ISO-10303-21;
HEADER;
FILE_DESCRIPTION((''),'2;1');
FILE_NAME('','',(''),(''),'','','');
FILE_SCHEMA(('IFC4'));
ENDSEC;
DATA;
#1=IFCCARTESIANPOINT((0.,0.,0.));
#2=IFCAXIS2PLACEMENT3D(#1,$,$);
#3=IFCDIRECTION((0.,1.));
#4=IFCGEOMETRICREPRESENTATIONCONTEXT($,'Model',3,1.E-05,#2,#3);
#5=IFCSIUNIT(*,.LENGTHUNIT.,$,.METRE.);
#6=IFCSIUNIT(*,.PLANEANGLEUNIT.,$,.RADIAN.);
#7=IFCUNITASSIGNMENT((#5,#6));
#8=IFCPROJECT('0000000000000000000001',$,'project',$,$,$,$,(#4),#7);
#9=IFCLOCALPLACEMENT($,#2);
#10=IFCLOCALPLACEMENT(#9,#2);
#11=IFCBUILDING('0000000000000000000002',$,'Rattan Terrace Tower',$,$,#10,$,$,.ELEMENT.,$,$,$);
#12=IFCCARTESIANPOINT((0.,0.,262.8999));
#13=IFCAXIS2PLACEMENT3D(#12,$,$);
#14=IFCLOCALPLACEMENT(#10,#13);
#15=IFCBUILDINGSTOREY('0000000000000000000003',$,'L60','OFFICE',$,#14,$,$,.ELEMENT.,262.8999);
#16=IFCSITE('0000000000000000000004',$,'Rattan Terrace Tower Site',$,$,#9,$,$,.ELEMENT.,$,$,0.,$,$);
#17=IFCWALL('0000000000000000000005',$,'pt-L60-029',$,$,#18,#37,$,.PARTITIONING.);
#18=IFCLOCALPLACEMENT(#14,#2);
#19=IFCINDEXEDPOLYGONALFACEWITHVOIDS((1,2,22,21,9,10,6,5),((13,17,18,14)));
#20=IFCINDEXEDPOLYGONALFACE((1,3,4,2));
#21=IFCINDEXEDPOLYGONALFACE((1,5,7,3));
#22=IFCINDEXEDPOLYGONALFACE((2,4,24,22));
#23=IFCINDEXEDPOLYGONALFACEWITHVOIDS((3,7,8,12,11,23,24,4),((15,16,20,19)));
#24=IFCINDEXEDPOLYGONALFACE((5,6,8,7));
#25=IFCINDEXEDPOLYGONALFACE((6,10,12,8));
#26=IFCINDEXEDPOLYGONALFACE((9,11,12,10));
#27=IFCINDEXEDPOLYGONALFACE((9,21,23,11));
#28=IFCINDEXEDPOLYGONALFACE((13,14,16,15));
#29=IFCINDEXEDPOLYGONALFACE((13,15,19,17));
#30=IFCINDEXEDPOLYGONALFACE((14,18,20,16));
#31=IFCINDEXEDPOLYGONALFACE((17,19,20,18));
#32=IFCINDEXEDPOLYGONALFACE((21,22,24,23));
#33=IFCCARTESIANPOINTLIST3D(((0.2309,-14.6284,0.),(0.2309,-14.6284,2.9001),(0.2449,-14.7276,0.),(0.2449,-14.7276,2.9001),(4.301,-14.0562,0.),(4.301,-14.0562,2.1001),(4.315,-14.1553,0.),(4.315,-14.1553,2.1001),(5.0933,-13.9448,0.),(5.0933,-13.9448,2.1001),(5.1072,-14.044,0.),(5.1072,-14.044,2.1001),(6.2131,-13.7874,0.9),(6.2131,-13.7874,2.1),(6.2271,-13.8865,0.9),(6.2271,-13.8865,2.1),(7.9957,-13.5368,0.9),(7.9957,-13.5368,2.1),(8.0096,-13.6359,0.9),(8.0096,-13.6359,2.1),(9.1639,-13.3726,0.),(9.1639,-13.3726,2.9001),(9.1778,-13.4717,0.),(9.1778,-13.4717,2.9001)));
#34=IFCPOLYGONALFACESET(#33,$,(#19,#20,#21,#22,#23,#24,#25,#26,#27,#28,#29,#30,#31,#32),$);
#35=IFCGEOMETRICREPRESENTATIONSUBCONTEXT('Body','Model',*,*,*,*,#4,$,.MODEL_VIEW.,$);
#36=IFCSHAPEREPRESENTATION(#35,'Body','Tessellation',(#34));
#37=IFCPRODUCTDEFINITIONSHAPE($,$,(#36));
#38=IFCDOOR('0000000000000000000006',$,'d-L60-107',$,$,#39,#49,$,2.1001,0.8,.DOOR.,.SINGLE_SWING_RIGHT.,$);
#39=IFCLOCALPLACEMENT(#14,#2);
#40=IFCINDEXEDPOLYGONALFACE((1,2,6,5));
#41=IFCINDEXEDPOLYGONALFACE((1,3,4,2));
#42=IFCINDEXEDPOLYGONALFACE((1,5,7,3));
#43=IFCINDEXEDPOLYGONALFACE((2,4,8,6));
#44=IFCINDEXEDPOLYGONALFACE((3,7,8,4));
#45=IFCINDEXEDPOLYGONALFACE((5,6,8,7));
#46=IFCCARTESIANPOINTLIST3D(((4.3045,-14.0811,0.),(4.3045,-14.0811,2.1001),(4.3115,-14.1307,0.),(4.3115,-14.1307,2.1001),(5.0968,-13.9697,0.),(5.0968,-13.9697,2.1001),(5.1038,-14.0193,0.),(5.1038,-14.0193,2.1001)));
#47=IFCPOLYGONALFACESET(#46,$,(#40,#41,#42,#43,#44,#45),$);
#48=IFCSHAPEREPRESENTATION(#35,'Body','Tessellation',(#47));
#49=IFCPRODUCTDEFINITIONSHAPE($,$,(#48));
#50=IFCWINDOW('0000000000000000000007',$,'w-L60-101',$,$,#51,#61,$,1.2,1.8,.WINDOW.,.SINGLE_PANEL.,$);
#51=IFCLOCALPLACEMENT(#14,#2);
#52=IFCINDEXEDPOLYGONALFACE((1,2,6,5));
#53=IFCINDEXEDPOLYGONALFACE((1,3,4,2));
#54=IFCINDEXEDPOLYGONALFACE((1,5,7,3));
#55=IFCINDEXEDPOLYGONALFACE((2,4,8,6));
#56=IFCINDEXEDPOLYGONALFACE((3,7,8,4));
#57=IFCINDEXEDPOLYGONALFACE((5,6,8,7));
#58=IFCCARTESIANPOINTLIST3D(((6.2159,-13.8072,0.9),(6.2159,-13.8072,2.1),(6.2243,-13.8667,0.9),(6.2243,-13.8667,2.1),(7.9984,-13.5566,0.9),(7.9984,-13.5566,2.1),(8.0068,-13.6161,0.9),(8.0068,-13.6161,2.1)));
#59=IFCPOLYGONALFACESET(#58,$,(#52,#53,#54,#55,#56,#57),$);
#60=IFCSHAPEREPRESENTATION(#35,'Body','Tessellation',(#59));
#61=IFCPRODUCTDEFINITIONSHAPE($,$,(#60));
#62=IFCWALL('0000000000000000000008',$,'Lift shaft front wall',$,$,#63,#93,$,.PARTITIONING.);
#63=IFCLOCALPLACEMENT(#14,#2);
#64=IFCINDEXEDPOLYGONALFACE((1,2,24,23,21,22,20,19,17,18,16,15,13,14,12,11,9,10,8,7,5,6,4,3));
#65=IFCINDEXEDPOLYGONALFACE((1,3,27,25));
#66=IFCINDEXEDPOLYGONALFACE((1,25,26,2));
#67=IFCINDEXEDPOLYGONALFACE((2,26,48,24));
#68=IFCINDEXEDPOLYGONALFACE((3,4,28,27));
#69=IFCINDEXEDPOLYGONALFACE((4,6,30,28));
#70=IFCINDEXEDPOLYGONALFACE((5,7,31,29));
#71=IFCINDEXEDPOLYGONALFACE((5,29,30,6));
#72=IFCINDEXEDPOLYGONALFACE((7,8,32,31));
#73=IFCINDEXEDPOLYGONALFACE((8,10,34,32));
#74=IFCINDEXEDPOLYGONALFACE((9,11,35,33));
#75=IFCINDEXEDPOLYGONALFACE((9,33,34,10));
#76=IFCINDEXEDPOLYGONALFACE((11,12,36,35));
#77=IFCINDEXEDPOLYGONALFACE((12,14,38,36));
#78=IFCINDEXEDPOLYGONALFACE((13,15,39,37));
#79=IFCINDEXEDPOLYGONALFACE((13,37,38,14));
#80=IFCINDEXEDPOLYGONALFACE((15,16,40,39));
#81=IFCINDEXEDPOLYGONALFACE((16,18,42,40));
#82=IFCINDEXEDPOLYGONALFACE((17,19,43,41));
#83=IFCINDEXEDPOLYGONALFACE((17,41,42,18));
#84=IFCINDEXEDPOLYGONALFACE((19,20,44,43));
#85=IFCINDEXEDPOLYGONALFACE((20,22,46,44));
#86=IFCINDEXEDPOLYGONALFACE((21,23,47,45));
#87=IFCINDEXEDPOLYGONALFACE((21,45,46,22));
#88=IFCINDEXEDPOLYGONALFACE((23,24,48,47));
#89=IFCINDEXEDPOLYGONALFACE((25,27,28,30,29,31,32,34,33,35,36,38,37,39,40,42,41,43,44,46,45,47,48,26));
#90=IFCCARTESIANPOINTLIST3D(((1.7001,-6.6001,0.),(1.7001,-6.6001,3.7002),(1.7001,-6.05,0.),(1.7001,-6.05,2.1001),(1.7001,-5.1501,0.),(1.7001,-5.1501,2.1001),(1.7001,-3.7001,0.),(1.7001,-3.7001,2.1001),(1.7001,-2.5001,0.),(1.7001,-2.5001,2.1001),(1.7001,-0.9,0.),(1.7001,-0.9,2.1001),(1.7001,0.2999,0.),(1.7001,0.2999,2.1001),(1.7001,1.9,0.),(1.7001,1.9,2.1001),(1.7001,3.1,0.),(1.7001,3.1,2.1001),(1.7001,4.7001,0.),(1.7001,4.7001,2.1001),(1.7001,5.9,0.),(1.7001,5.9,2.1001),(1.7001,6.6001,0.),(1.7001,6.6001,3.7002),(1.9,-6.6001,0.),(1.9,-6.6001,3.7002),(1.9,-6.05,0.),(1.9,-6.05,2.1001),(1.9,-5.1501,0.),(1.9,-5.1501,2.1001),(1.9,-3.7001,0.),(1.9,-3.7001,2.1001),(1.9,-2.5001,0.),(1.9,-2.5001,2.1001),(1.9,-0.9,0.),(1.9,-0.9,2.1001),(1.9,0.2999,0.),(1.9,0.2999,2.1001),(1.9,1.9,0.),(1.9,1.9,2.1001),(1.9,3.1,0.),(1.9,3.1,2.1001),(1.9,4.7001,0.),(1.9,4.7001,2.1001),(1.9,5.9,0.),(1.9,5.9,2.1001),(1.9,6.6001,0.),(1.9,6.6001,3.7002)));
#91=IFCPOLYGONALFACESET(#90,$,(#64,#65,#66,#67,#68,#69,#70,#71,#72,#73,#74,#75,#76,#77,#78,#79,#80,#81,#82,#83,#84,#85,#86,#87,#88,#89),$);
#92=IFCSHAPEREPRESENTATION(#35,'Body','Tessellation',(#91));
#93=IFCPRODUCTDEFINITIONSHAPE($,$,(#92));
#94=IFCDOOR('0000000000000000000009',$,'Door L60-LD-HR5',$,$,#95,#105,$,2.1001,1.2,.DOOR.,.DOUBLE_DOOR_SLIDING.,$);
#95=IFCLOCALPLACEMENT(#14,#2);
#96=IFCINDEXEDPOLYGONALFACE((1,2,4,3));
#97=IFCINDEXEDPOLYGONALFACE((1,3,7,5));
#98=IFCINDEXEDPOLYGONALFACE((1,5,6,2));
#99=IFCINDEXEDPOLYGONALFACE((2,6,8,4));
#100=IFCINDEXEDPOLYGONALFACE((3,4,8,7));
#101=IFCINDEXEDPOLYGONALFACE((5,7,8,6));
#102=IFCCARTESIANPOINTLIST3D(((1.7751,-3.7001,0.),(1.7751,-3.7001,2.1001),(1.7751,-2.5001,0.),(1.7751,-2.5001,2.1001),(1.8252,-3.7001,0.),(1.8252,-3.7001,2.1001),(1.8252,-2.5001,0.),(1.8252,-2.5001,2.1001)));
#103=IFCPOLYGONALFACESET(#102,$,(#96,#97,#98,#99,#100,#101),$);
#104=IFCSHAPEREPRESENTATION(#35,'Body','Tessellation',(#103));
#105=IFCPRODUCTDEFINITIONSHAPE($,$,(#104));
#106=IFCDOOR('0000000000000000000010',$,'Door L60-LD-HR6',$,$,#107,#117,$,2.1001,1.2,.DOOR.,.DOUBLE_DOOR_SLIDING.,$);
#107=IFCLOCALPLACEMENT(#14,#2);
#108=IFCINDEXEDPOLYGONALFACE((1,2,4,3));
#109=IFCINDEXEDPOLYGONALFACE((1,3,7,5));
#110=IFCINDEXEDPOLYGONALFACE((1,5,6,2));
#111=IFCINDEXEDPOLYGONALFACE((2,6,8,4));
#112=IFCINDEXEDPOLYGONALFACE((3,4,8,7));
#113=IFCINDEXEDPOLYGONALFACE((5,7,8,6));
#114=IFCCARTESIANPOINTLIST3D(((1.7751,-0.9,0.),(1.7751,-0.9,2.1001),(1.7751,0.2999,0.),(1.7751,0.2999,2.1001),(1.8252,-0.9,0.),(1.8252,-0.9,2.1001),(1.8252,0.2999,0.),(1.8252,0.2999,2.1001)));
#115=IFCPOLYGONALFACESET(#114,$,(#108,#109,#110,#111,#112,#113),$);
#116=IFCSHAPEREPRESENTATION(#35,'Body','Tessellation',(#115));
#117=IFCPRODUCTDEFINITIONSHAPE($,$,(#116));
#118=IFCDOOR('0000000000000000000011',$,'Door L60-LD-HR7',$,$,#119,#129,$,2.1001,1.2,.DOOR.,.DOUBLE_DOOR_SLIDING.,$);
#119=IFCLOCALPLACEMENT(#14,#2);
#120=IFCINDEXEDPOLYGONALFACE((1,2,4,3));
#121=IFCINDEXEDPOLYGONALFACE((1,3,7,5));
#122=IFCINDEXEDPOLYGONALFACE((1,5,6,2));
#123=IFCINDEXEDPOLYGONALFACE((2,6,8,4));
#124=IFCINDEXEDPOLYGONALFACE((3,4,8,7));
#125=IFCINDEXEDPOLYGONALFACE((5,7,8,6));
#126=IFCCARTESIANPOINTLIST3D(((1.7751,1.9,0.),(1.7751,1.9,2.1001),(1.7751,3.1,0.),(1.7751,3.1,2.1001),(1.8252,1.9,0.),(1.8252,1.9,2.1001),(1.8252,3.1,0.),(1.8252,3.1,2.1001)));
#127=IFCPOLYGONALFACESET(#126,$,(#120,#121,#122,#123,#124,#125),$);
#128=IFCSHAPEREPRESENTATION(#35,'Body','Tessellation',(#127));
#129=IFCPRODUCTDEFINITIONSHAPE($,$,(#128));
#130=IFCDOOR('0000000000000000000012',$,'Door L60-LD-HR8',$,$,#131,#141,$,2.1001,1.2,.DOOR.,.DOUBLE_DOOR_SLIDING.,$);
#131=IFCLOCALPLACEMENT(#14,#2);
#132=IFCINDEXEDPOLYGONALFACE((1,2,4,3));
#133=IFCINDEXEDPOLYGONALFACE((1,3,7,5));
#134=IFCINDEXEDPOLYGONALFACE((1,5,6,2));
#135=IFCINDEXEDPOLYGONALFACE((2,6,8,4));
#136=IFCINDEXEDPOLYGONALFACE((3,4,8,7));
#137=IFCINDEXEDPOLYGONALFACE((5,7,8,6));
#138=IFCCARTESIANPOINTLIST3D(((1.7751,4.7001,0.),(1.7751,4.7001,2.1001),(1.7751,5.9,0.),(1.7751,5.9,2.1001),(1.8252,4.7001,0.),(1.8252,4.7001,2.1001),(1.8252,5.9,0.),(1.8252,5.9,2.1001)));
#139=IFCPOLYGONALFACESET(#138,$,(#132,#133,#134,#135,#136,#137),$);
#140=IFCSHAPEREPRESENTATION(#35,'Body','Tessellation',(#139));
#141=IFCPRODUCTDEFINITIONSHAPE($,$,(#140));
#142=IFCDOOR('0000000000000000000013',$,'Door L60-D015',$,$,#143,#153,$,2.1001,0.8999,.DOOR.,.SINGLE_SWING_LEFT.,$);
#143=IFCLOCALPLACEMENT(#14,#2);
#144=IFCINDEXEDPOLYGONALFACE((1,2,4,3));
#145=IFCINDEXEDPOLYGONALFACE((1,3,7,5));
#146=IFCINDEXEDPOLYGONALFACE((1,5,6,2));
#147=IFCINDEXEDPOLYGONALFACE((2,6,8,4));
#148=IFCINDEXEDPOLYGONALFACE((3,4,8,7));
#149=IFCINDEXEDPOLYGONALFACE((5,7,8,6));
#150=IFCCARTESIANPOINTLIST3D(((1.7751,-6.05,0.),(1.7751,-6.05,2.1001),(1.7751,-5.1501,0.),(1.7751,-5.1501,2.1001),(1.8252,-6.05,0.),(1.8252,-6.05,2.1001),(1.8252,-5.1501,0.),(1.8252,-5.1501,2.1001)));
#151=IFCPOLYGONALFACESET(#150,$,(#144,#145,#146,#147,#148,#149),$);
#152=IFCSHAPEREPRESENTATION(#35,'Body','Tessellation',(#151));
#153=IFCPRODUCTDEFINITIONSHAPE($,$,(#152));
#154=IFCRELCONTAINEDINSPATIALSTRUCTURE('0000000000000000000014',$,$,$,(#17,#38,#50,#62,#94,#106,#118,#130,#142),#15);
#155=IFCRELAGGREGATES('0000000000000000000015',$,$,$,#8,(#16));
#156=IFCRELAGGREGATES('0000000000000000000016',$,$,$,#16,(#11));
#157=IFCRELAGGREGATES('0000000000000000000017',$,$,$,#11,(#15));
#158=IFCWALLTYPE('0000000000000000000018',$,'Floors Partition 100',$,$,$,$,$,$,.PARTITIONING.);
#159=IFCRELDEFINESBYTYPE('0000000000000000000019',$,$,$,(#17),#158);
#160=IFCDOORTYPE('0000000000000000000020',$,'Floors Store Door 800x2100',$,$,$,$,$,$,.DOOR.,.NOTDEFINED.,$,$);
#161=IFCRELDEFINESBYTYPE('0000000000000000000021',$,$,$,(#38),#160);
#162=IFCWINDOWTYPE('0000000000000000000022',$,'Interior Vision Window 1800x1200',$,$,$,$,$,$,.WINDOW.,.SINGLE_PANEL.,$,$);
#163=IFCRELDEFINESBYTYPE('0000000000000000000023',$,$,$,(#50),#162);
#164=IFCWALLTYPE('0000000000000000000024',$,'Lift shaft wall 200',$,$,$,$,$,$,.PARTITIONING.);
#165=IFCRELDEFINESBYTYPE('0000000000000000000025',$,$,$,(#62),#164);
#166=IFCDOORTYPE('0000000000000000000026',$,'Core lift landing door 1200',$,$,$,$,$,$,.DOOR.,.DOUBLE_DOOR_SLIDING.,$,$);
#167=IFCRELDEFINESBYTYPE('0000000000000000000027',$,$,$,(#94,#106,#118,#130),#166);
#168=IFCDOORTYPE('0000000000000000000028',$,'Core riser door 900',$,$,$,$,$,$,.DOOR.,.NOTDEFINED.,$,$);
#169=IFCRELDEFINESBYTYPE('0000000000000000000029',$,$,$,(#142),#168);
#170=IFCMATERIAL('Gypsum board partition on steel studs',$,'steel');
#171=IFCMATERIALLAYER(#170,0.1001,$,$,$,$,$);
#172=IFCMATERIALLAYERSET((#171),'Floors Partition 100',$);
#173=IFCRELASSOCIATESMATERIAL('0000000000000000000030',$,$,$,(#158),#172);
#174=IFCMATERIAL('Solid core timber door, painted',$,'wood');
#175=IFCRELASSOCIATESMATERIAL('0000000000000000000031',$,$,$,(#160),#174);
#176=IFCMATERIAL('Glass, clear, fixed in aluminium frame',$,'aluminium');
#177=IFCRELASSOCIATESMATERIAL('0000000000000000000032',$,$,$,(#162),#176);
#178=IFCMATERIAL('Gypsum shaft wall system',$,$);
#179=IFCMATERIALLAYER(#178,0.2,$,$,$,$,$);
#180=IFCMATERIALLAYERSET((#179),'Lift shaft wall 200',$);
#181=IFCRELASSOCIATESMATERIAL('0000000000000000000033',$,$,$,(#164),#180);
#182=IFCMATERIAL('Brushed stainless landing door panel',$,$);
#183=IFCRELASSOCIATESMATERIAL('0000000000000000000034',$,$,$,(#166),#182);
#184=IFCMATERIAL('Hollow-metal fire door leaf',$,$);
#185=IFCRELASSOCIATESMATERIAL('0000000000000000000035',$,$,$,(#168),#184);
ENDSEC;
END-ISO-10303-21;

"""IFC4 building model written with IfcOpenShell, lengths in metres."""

from ifc_helpers import new_model, si_unit, direction, frame, frame_2d, origin, place, context, subcontext, project, spatial, rectangle, extrude, material, layer, layer_set, type_object, element, fill, save


model = new_model("IFC4")

# Units and contexts
model_context = context("Model", 3, precision=1e-05, world=origin(), true_north=direction((0.0, 1.0)))
body_context = subcontext(model_context, "Body", "Model", "MODEL_VIEW")
ifc_project = project(units=[si_unit("LENGTHUNIT", "METRE"), si_unit("PLANEANGLEUNIT", "RADIAN")], contexts=[model_context])

# Site, building, storey
site_placement = place(None, origin())
site = spatial("IfcSite", under=ifc_project, at=site_placement, Name="Rattan Terrace Tower Site", CompositionType="ELEMENT", RefElevation=0.0)
building_placement = place(site_placement, origin())
building = spatial("IfcBuilding", under=site, at=building_placement, Name="Rattan Terrace Tower", CompositionType="ELEMENT")
storey_placement = place(building_placement, frame((0.0, 0.0, 262.8999)))
storey = spatial("IfcBuildingStorey", under=building, at=storey_placement, Name="L60", Description="OFFICE", CompositionType="ELEMENT", Elevation=262.8999)

# Shared definitions
ifc_material_1 = material(Name="Gypsum board partition on steel studs", Category="steel")
ifc_layer_1 = layer(ifc_material_1, 0.1001)
ifc_layer_set_1 = layer_set([ifc_layer_1], Name="Floors Partition 100")
wall_type_1 = type_object("IfcWallType", Name="Floors Partition 100", PredefinedType="PARTITIONING", material=ifc_layer_set_1)

# Wall, openings, door, window
wall_1_placement = place(storey_placement, frame((0.238, -14.678, 0.0), z_axis=(0.0, 0.0, 1.0), x_axis=(0.990262, 0.13922, 0.0)))
wall_1 = element("IfcWall", 1, at=wall_1_placement, inside=storey, type_object=wall_type_1, Name="pt-L60-029", PredefinedType="PARTITIONING", context=body_context, shape_type="SweptSolid", body=[
    extrude(rectangle(XDim=9.0208, YDim=0.1001, at=frame_2d((4.5103, 0.0))), origin(), (0.0, 0.0, 1.0), 2.9001),
])
opening_1_placement = place(wall_1_placement, frame((4.1101, 0.0, 0.0)))
opening_1 = element("IfcOpeningElement", 2, at=opening_1_placement, cuts=wall_1, PredefinedType="OPENING", context=body_context, shape_type="SweptSolid", body=[
    extrude(rectangle(XDim=0.8, YDim=2.1001, at=frame_2d((0.3999, 1.05))), frame((0.0, 0.0605, 0.0), z_axis=(0.0, -1.0, 0.0), x_axis=(1.0, 0.0, 0.0)), (0.0, 0.0, 1.0), 0.1211),
])
opening_2_placement = place(wall_1_placement, frame((6.041, 0.0, 0.8999)))
opening_2 = element("IfcOpeningElement", 3, at=opening_2_placement, cuts=wall_1, PredefinedType="OPENING", context=body_context, shape_type="SweptSolid", body=[
    extrude(rectangle(XDim=1.8, YDim=1.2, at=frame_2d((0.8999, 0.6001))), frame((0.0, 0.0605, 0.0), z_axis=(0.0, -1.0, 0.0), x_axis=(1.0, 0.0, 0.0)), (0.0, 0.0, 1.0), 0.1211),
])
ifc_material_2 = material(Name="Solid core timber door, painted", Category="wood")
door_type_1 = type_object("IfcDoorType", Name="Floors Store Door 800x2100", OperationType="NOTDEFINED", PredefinedType="DOOR", material=ifc_material_2)
door_1_placement = place(opening_1_placement, origin())
door_1 = element("IfcDoor", 4, at=door_1_placement, inside=storey, type_object=door_type_1, Name="d-L60-107", OperationType="SINGLE_SWING_RIGHT", OverallHeight=2.1001, OverallWidth=0.8, PredefinedType="DOOR", context=body_context, shape_type="SweptSolid", body=[
    extrude(rectangle(XDim=0.8, YDim=2.1001, at=frame_2d((0.3999, 1.05))), frame((0.0, 0.0249, 0.0), z_axis=(0.0, -1.0, 0.0), x_axis=(1.0, 0.0, 0.0)), (0.0, 0.0, 1.0), 0.05),
])
fill(opening_1, door_1)
ifc_material_3 = material(Name="Glass, clear, fixed in aluminium frame", Category="aluminium")
window_type = type_object("IfcWindowType", Name="Interior Vision Window 1800x1200", PartitioningType="SINGLE_PANEL", PredefinedType="WINDOW", material=ifc_material_3)
window_placement = place(opening_2_placement, origin())
window = element("IfcWindow", 5, at=window_placement, inside=storey, type_object=window_type, Name="w-L60-101", OverallHeight=1.2, OverallWidth=1.8, PartitioningType="SINGLE_PANEL", PredefinedType="WINDOW", context=body_context, shape_type="SweptSolid", body=[
    extrude(rectangle(XDim=1.8, YDim=1.2, at=frame_2d((0.8999, 0.6001))), frame((0.0, 0.03, 0.0), z_axis=(0.0, -1.0, 0.0), x_axis=(1.0, 0.0, 0.0)), (0.0, 0.0, 1.0), 0.0601),
])
fill(opening_2, window)

# Wall, openings, doors
ifc_material_4 = material(Name="Gypsum shaft wall system")
ifc_layer_2 = layer(ifc_material_4, 0.2)
ifc_layer_set_2 = layer_set([ifc_layer_2], Name="Lift shaft wall 200")
wall_type_2 = type_object("IfcWallType", Name="Lift shaft wall 200", PredefinedType="PARTITIONING", material=ifc_layer_set_2)
wall_2_placement = place(storey_placement, frame((1.8, -6.6001, 0.0), z_axis=(0.0, 0.0, 1.0), x_axis=(0.0, 1.0, 0.0)))
wall_2 = element("IfcWall", 6, at=wall_2_placement, inside=storey, type_object=wall_type_2, Name="Lift shaft front wall", PredefinedType="PARTITIONING", context=body_context, shape_type="SweptSolid", body=[
    extrude(rectangle(XDim=13.2002, YDim=0.2, at=frame_2d((6.6001, 0.0))), origin(), (0.0, 0.0, 1.0), 3.7002),
])
opening_3_placement = place(wall_2_placement, frame((0.55, 0.0, 0.0)))
opening_3 = element("IfcOpeningElement", 7, at=opening_3_placement, cuts=wall_2, PredefinedType="OPENING", context=body_context, shape_type="SweptSolid", body=[
    extrude(rectangle(XDim=0.8999, YDim=2.1001, at=frame_2d((0.45, 1.05))), frame((0.0, 0.1106, 0.0), z_axis=(0.0, -1.0, 0.0), x_axis=(1.0, 0.0, 0.0)), (0.0, 0.0, 1.0), 0.2209),
])
opening_4_placement = place(wall_2_placement, frame((2.8999, 0.0, 0.0)))
opening_4 = element("IfcOpeningElement", 8, at=opening_4_placement, cuts=wall_2, PredefinedType="OPENING", context=body_context, shape_type="SweptSolid", body=[
    extrude(rectangle(XDim=1.2, YDim=2.1001, at=frame_2d((0.6001, 1.05))), frame((0.0, 0.1106, 0.0), z_axis=(0.0, -1.0, 0.0), x_axis=(1.0, 0.0, 0.0)), (0.0, 0.0, 1.0), 0.2209),
])
opening_5_placement = place(wall_2_placement, frame((5.7, 0.0, 0.0)))
opening_5 = element("IfcOpeningElement", 9, at=opening_5_placement, cuts=wall_2, PredefinedType="OPENING", context=body_context, shape_type="SweptSolid", body=[
    extrude(rectangle(XDim=1.2, YDim=2.1001, at=frame_2d((0.6001, 1.05))), frame((0.0, 0.1106, 0.0), z_axis=(0.0, -1.0, 0.0), x_axis=(1.0, 0.0, 0.0)), (0.0, 0.0, 1.0), 0.2209),
])
opening_6_placement = place(wall_2_placement, frame((8.5, 0.0, 0.0)))
opening_6 = element("IfcOpeningElement", 10, at=opening_6_placement, cuts=wall_2, PredefinedType="OPENING", context=body_context, shape_type="SweptSolid", body=[
    extrude(rectangle(XDim=1.2, YDim=2.1001, at=frame_2d((0.6001, 1.05))), frame((0.0, 0.1106, 0.0), z_axis=(0.0, -1.0, 0.0), x_axis=(1.0, 0.0, 0.0)), (0.0, 0.0, 1.0), 0.2209),
])
opening_7_placement = place(wall_2_placement, frame((11.3, 0.0, 0.0)))
opening_7 = element("IfcOpeningElement", 11, at=opening_7_placement, cuts=wall_2, PredefinedType="OPENING", context=body_context, shape_type="SweptSolid", body=[
    extrude(rectangle(XDim=1.2, YDim=2.1001, at=frame_2d((0.6001, 1.05))), frame((0.0, 0.1106, 0.0), z_axis=(0.0, -1.0, 0.0), x_axis=(1.0, 0.0, 0.0)), (0.0, 0.0, 1.0), 0.2209),
])
ifc_material_5 = material(Name="Brushed stainless landing door panel")
door_type_2 = type_object("IfcDoorType", Name="Core lift landing door 1200", OperationType="DOUBLE_DOOR_SLIDING", PredefinedType="DOOR", material=ifc_material_5)
door_2_placement = place(opening_4_placement, origin())
door_2 = element("IfcDoor", 12, at=door_2_placement, inside=storey, type_object=door_type_2, Name="Door L60-LD-HR5", OperationType="DOUBLE_DOOR_SLIDING", OverallHeight=2.1001, OverallWidth=1.2, PredefinedType="DOOR", context=body_context, shape_type="SweptSolid", body=[
    extrude(rectangle(XDim=1.2, YDim=2.1001, at=frame_2d((0.6001, 1.05))), frame((0.0, 0.0249, 0.0), z_axis=(0.0, -1.0, 0.0), x_axis=(1.0, 0.0, 0.0)), (0.0, 0.0, 1.0), 0.05),
])
fill(opening_4, door_2)
door_3_placement = place(opening_5_placement, origin())
door_3 = element("IfcDoor", 13, at=door_3_placement, inside=storey, type_object=door_type_2, Name="Door L60-LD-HR6", OperationType="DOUBLE_DOOR_SLIDING", OverallHeight=2.1001, OverallWidth=1.2, PredefinedType="DOOR", context=body_context, shape_type="SweptSolid", body=[
    extrude(rectangle(XDim=1.2, YDim=2.1001, at=frame_2d((0.6001, 1.05))), frame((0.0, 0.0249, 0.0), z_axis=(0.0, -1.0, 0.0), x_axis=(1.0, 0.0, 0.0)), (0.0, 0.0, 1.0), 0.05),
])
fill(opening_5, door_3)
door_4_placement = place(opening_6_placement, origin())
door_4 = element("IfcDoor", 14, at=door_4_placement, inside=storey, type_object=door_type_2, Name="Door L60-LD-HR7", OperationType="DOUBLE_DOOR_SLIDING", OverallHeight=2.1001, OverallWidth=1.2, PredefinedType="DOOR", context=body_context, shape_type="SweptSolid", body=[
    extrude(rectangle(XDim=1.2, YDim=2.1001, at=frame_2d((0.6001, 1.05))), frame((0.0, 0.0249, 0.0), z_axis=(0.0, -1.0, 0.0), x_axis=(1.0, 0.0, 0.0)), (0.0, 0.0, 1.0), 0.05),
])
fill(opening_6, door_4)
door_5_placement = place(opening_7_placement, origin())
door_5 = element("IfcDoor", 15, at=door_5_placement, inside=storey, type_object=door_type_2, Name="Door L60-LD-HR8", OperationType="DOUBLE_DOOR_SLIDING", OverallHeight=2.1001, OverallWidth=1.2, PredefinedType="DOOR", context=body_context, shape_type="SweptSolid", body=[
    extrude(rectangle(XDim=1.2, YDim=2.1001, at=frame_2d((0.6001, 1.05))), frame((0.0, 0.0249, 0.0), z_axis=(0.0, -1.0, 0.0), x_axis=(1.0, 0.0, 0.0)), (0.0, 0.0, 1.0), 0.05),
])
fill(opening_7, door_5)
ifc_material_6 = material(Name="Hollow-metal fire door leaf")
door_type_3 = type_object("IfcDoorType", Name="Core riser door 900", OperationType="NOTDEFINED", PredefinedType="DOOR", material=ifc_material_6)
door_6_placement = place(opening_3_placement, origin())
door_6 = element("IfcDoor", 16, at=door_6_placement, inside=storey, type_object=door_type_3, Name="Door L60-D015", OperationType="SINGLE_SWING_LEFT", OverallHeight=2.1001, OverallWidth=0.8999, PredefinedType="DOOR", context=body_context, shape_type="SweptSolid", body=[
    extrude(rectangle(XDim=0.8999, YDim=2.1001, at=frame_2d((0.45, 1.05))), frame((0.0, 0.0249, 0.0), z_axis=(0.0, -1.0, 0.0), x_axis=(1.0, 0.0, 0.0)), (0.0, 0.0, 1.0), 0.05),
])
fill(opening_3, door_6)

save(model, "model.ifc")
